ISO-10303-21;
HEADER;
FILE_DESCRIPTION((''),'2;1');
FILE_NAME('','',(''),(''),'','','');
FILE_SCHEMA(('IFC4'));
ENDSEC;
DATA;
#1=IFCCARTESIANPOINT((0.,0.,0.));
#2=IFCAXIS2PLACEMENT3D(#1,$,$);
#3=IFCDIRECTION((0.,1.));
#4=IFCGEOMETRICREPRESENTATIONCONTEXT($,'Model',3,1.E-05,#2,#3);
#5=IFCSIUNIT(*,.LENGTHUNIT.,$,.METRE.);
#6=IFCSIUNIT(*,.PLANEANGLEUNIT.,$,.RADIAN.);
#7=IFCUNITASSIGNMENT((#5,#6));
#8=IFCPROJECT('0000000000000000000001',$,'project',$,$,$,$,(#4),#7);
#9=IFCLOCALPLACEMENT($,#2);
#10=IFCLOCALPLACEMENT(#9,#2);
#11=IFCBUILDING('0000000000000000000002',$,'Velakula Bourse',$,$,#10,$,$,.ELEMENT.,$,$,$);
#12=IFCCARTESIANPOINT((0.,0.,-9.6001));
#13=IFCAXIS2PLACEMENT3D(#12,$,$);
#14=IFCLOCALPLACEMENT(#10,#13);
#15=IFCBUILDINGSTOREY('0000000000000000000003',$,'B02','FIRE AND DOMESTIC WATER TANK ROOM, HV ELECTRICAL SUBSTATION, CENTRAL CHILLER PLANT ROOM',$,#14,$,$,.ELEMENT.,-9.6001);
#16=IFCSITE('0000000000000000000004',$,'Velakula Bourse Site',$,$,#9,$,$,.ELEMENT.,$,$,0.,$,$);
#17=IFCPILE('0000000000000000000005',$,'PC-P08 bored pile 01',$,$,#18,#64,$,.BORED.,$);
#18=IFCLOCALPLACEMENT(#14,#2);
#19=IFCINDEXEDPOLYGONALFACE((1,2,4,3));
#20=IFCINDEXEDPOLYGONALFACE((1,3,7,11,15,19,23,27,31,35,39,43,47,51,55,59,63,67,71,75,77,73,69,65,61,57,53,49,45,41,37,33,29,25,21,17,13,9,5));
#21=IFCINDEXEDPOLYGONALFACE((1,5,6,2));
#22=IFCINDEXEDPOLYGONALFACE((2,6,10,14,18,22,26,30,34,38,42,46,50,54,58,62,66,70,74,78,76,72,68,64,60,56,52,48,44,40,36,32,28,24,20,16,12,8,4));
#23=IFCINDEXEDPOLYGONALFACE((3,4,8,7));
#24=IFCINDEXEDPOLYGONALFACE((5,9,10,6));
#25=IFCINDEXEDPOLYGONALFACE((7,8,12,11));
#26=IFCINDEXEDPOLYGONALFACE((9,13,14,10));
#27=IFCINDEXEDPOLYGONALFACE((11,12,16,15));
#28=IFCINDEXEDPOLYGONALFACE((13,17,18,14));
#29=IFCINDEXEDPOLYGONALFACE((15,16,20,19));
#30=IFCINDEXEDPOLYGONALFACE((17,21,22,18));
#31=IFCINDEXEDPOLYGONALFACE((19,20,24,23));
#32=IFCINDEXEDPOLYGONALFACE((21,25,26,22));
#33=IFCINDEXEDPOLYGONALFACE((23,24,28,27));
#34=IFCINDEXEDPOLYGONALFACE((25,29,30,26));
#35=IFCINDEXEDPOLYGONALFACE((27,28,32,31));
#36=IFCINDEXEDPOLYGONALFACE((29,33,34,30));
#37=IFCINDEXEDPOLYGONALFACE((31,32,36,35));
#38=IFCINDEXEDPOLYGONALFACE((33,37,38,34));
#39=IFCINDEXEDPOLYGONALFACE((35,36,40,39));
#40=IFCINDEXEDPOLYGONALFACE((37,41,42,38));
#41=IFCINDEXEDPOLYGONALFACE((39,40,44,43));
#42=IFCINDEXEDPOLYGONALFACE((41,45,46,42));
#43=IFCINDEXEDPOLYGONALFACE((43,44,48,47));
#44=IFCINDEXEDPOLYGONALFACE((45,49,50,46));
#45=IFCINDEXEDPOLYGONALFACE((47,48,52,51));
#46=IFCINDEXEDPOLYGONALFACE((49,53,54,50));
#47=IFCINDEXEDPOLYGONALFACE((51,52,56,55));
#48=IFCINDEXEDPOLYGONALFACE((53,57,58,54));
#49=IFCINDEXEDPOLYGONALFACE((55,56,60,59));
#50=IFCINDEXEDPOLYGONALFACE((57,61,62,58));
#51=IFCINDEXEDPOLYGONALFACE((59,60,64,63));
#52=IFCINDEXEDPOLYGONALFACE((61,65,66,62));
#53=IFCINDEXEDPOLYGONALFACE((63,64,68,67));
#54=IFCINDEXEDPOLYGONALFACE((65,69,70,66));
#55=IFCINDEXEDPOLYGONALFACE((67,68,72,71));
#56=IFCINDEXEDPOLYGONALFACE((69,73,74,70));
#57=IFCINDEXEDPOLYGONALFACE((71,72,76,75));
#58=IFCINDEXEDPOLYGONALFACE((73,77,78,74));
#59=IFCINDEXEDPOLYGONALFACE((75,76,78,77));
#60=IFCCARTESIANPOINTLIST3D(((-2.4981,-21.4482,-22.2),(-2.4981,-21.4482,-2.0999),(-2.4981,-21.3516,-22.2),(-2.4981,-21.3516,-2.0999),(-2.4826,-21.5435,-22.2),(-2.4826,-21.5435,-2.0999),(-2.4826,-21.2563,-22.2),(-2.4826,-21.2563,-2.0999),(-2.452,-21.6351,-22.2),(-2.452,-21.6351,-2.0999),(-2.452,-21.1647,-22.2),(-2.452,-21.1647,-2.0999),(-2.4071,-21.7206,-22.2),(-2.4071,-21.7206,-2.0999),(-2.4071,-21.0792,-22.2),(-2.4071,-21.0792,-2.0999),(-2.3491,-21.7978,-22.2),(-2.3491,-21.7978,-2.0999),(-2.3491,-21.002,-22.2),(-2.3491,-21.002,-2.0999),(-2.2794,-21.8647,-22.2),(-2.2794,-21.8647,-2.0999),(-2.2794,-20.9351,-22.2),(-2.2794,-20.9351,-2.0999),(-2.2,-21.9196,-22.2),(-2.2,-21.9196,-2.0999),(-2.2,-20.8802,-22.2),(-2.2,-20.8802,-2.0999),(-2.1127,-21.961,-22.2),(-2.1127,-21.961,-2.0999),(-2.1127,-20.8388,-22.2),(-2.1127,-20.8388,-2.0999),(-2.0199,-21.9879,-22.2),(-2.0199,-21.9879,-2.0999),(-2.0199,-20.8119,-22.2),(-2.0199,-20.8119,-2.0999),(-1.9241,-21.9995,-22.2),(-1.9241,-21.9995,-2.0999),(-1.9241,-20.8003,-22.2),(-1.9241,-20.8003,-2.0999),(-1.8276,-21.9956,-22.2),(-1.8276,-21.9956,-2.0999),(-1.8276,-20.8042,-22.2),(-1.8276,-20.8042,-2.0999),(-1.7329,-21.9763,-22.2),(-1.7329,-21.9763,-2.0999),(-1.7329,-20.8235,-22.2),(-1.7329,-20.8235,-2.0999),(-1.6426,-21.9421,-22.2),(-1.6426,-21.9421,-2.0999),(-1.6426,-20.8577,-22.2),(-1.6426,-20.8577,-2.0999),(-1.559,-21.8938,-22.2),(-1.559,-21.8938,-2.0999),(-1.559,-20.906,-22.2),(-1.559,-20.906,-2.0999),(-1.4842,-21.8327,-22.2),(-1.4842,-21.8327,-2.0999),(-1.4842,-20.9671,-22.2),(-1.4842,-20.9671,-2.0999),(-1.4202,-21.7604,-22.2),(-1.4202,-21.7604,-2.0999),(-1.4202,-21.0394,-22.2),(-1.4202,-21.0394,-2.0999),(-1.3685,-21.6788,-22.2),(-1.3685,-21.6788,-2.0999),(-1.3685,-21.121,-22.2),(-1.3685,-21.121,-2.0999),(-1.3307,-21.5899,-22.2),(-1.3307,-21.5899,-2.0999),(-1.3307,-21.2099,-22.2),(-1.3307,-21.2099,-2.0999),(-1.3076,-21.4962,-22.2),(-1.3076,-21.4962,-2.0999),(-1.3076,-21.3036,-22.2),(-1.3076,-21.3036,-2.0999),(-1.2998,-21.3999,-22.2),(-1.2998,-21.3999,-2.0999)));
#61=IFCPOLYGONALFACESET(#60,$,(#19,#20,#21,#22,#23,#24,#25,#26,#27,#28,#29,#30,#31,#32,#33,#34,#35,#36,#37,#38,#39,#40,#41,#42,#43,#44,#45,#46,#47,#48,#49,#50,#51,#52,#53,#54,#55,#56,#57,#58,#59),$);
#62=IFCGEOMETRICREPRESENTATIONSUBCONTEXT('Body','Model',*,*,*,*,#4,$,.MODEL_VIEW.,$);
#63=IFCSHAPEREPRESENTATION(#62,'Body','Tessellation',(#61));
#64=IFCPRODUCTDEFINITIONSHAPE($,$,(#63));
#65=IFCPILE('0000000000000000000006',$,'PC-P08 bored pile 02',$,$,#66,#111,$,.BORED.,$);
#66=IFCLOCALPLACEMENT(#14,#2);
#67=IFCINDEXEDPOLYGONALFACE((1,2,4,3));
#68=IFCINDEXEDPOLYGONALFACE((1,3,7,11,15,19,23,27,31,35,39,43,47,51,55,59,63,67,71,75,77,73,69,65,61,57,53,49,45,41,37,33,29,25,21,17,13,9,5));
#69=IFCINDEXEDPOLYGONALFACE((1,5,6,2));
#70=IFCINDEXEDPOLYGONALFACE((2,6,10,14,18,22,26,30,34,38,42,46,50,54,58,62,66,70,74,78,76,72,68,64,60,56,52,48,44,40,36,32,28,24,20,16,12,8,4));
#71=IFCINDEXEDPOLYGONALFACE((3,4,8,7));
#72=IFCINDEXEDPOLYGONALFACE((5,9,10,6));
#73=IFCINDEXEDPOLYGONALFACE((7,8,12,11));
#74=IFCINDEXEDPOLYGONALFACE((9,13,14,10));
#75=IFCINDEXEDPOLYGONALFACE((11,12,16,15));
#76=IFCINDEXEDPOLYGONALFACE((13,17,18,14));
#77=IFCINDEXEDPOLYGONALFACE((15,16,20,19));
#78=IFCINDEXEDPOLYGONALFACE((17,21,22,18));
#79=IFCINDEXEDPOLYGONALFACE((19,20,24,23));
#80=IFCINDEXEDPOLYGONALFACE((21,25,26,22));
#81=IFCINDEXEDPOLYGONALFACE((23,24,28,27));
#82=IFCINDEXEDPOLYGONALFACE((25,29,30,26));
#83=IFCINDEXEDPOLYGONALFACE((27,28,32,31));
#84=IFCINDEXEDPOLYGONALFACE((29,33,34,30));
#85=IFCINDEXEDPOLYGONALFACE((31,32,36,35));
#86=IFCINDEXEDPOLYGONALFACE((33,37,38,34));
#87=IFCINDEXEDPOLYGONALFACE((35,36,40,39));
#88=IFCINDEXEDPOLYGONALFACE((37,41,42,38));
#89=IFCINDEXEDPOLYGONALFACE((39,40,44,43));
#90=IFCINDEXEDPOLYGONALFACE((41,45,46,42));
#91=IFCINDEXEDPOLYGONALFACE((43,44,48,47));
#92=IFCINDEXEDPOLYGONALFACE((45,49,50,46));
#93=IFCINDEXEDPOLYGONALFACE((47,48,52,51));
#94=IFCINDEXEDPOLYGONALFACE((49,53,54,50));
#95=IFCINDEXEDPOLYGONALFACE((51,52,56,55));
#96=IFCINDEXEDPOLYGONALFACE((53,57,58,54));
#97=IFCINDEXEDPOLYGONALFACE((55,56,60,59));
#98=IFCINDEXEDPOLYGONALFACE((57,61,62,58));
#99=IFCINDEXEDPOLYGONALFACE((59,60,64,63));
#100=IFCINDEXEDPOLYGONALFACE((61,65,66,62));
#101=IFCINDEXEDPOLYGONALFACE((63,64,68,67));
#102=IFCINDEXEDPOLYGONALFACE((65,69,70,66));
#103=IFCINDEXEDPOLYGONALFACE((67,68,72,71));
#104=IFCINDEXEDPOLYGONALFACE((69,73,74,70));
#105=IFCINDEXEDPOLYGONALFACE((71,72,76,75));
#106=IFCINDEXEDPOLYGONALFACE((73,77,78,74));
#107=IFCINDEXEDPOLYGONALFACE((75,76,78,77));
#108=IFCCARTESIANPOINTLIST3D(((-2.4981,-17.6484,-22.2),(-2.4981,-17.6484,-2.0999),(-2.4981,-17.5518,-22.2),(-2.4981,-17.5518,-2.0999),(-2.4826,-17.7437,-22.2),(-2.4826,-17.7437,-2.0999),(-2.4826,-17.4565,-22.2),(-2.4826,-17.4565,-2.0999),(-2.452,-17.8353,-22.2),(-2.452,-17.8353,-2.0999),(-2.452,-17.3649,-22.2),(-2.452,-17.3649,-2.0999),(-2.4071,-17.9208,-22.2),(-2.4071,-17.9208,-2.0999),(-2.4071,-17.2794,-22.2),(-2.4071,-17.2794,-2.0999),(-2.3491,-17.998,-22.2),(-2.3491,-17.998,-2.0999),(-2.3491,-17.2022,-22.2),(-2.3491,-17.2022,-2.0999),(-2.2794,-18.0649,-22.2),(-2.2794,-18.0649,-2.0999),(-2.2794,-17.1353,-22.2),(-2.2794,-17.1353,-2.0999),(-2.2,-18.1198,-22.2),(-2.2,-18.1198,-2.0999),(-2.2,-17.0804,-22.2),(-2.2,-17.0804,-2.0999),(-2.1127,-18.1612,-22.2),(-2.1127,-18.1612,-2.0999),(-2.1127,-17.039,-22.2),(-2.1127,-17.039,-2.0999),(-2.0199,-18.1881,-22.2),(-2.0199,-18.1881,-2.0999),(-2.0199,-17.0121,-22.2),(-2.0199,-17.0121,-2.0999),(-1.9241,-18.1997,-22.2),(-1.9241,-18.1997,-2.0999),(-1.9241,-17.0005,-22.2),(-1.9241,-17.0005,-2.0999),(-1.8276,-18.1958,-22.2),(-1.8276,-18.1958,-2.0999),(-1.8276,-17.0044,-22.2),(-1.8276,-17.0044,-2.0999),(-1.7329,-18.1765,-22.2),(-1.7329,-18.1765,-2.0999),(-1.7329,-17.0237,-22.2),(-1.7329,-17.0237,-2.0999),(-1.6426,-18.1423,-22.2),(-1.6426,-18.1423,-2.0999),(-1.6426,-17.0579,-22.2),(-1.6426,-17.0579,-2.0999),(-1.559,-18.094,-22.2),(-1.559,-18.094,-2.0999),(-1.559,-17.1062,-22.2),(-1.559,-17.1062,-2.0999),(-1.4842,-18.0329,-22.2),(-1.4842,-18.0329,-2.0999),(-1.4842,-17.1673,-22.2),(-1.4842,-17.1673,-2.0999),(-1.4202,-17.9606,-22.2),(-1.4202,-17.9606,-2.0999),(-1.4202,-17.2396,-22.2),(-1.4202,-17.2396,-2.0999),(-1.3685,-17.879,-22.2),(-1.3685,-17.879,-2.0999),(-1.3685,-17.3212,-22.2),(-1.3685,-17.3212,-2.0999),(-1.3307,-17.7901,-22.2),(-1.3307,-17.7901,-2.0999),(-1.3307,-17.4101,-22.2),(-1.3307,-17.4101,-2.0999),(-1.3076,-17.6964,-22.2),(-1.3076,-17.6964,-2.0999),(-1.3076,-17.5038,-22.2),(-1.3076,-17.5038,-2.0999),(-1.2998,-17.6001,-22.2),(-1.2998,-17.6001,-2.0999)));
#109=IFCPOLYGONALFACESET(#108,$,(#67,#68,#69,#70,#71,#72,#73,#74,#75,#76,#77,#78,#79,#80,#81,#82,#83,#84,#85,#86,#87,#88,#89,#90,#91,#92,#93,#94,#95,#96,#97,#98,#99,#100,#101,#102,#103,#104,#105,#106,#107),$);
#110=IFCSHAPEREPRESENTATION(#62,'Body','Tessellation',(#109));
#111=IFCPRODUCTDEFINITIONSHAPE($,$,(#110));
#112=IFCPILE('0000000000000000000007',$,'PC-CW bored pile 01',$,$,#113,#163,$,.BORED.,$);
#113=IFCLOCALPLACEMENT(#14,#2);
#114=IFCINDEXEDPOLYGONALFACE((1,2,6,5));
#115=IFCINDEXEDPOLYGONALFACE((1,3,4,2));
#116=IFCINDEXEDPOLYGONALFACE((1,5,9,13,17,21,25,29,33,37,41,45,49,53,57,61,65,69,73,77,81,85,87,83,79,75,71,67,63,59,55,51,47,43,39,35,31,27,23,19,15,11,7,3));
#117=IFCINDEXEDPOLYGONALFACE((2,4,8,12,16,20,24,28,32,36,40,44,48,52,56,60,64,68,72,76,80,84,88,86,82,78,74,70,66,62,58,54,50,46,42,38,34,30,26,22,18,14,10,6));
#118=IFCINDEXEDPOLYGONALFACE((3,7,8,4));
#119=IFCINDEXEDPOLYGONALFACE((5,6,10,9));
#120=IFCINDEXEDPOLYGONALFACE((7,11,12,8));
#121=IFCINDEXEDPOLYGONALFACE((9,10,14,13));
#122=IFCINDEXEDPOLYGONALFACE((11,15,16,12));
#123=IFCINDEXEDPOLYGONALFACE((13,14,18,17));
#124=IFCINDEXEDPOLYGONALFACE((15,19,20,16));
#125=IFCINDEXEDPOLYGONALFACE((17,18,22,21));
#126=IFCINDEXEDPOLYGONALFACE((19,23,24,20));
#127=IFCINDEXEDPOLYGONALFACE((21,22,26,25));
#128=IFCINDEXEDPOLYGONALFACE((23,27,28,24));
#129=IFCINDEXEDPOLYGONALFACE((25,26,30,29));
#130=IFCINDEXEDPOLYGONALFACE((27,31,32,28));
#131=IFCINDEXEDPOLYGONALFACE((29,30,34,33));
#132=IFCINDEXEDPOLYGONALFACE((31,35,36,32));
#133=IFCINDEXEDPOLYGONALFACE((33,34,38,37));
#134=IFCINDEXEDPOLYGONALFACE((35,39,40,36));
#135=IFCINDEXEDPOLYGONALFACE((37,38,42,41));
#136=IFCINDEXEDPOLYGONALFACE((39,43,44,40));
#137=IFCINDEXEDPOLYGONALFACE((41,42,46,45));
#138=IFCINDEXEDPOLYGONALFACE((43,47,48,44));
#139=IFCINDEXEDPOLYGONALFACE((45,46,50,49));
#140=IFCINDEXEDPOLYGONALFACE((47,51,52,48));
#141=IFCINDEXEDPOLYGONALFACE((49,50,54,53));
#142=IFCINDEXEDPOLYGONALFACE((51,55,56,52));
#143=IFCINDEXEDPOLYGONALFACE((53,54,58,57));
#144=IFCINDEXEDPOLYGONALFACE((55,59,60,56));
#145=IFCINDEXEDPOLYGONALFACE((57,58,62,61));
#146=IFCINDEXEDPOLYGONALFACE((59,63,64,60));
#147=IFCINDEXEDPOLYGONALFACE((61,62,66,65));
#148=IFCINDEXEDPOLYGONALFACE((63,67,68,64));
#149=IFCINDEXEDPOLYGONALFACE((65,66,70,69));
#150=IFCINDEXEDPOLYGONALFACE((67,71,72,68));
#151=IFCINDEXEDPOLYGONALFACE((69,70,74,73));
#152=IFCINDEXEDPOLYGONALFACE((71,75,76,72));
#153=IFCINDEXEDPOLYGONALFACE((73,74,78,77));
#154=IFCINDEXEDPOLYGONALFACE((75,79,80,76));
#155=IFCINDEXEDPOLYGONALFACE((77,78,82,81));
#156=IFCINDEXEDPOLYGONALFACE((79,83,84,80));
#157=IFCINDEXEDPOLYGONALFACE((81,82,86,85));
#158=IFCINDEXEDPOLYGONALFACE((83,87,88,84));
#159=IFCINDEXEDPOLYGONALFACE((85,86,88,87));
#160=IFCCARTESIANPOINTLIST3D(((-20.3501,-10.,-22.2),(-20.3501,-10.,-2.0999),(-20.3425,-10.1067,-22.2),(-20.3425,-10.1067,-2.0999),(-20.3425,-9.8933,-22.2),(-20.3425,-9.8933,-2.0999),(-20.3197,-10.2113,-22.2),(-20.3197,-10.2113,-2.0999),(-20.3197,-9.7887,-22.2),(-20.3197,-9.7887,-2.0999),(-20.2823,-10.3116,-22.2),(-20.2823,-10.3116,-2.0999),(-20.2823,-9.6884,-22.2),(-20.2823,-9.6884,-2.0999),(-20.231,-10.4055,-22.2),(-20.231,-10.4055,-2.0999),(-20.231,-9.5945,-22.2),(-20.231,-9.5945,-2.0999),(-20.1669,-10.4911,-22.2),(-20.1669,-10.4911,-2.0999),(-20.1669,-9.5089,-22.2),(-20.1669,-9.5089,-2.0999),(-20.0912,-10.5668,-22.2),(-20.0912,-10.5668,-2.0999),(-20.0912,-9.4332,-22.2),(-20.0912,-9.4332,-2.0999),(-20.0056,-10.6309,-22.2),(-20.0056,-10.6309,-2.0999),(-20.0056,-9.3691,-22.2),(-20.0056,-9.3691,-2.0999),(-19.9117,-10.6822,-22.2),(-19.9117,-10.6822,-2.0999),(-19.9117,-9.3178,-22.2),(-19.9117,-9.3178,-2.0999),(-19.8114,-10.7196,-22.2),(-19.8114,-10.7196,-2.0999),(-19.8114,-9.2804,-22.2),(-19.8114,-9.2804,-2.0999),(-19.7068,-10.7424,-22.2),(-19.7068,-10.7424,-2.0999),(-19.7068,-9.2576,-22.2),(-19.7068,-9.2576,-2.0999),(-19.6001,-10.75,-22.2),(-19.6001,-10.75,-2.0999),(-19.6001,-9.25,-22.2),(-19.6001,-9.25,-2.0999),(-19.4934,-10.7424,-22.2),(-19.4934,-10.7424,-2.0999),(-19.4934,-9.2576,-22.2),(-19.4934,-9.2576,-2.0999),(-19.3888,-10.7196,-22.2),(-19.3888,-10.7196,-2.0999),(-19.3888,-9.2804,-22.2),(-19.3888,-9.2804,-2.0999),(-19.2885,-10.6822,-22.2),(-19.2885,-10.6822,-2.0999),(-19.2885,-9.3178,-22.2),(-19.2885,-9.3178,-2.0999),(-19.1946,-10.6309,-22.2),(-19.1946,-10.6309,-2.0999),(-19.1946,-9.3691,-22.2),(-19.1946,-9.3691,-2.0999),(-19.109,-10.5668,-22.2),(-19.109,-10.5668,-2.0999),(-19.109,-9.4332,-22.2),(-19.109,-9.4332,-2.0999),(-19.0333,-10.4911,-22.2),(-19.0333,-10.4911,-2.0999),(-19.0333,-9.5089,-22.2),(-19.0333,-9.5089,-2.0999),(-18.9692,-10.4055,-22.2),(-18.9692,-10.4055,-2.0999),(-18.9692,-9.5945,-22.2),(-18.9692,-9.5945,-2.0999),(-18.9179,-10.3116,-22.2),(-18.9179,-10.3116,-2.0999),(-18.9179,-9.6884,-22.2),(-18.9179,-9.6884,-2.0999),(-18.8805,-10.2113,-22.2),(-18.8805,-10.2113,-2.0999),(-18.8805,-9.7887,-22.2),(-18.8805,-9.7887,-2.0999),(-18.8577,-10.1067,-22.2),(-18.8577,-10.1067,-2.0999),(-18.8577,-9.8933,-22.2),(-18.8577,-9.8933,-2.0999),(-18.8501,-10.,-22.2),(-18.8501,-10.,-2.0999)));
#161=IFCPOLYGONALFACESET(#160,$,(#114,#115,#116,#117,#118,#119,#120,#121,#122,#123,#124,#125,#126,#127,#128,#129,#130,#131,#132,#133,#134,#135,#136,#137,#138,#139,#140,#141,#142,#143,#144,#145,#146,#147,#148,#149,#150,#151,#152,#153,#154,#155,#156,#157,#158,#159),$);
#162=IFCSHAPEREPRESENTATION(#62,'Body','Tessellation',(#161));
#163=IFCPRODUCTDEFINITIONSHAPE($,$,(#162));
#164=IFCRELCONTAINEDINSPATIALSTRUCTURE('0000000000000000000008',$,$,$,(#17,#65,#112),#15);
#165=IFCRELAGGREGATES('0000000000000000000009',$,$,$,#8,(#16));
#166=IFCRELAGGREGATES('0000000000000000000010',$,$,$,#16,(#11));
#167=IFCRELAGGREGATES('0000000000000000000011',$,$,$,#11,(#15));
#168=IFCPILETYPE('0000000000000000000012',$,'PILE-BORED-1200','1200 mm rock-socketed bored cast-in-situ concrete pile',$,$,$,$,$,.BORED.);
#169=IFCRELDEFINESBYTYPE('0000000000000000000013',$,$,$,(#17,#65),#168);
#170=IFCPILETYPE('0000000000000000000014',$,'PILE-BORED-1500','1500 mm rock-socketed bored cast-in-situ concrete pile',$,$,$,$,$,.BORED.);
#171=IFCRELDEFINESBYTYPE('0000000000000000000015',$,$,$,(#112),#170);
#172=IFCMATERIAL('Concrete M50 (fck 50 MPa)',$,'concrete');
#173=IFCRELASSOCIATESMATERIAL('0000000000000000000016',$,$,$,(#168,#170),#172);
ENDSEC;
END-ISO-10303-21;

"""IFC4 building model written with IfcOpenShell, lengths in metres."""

from ifc_helpers import new_model, si_unit, direction, frame, origin, origin_2d, place, context, subcontext, project, spatial, circle, extrude, material, material_profile, profile_set, type_object, element, save


model = new_model("IFC4")

# Units and contexts
model_context = context("Model", 3, precision=1e-05, world=origin(), true_north=direction((0.0, 1.0)))
body_context = subcontext(model_context, "Body", "Model", "MODEL_VIEW")
ifc_project = project(units=[si_unit("LENGTHUNIT", "METRE"), si_unit("PLANEANGLEUNIT", "RADIAN")], contexts=[model_context])

# Site, building, storey
site_placement = place(None, origin())
site = spatial("IfcSite", under=ifc_project, at=site_placement, Name="Velakula Bourse Site", CompositionType="ELEMENT", RefElevation=0.0)
building_placement = place(site_placement, origin())
building = spatial("IfcBuilding", under=site, at=building_placement, Name="Velakula Bourse", CompositionType="ELEMENT")
storey_placement = place(building_placement, frame((0.0, 0.0, -9.6001)))
storey = spatial("IfcBuildingStorey", under=building, at=storey_placement, Name="B02", Description="FIRE AND DOMESTIC WATER TANK ROOM, HV ELECTRICAL SUBSTATION, CENTRAL CHILLER PLANT ROOM", CompositionType="ELEMENT", Elevation=-9.6001)

# Shared definitions
ifc_material_1 = material(Name="Concrete M50 (fck 50 MPa)", Category="concrete")

# Piles
ifc_material_profile_1 = material_profile(ifc_material_1, circle(Radius=0.6001, at=origin_2d()), Name="Concrete M50 (fck 50 MPa)")
ifc_profile_set_1 = profile_set([ifc_material_profile_1], Name="Concrete M50 (fck 50 MPa)")
pile_type_1 = type_object("IfcPileType", Name="PILE-BORED-1200", Description="1200 mm rock-socketed bored cast-in-situ concrete pile", PredefinedType="BORED", material=ifc_profile_set_1)
for number, where, z_axis, x_axis, name in (
    (1, (-1.8999, -21.3999, -2.0999), (0.0, 0.0, -1.0), (1.0, 0.0, 0.0), "PC-P08 bored pile 01"),
    (2, (-1.8999, -17.6001, -2.0999), (0.0, 0.0, -1.0), (1.0, 0.0, 0.0), "PC-P08 bored pile 02"),
):
    element("IfcPile", number, at=place(storey_placement, frame(where, z_axis=z_axis, x_axis=x_axis)), inside=storey, type_object=pile_type_1, Name=name, PredefinedType="BORED", context=body_context, shape_type="SweptSolid", body=[
        extrude(circle(Radius=0.6001, at=origin_2d()), origin(), (0.0, 0.0, 1.0), 20.1001),
    ])
ifc_material_profile_2 = material_profile(ifc_material_1, circle(Radius=0.75, at=origin_2d()), Name="Concrete M50 (fck 50 MPa)")
ifc_profile_set_2 = profile_set([ifc_material_profile_2], Name="Concrete M50 (fck 50 MPa)")
pile_type_2 = type_object("IfcPileType", Name="PILE-BORED-1500", Description="1500 mm rock-socketed bored cast-in-situ concrete pile", PredefinedType="BORED", material=ifc_profile_set_2)
for number, where, z_axis, x_axis, name in (
    (3, (-19.6001, -10.0, -2.0999), (0.0, 0.0, -1.0), (1.0, 0.0, 0.0), "PC-CW bored pile 01"),
):
    element("IfcPile", number, at=place(storey_placement, frame(where, z_axis=z_axis, x_axis=x_axis)), inside=storey, type_object=pile_type_2, Name=name, PredefinedType="BORED", context=body_context, shape_type="SweptSolid", body=[
        extrude(circle(Radius=0.75, at=origin_2d()), origin(), (0.0, 0.0, 1.0), 20.1001),
    ])

save(model, "model.ifc")
